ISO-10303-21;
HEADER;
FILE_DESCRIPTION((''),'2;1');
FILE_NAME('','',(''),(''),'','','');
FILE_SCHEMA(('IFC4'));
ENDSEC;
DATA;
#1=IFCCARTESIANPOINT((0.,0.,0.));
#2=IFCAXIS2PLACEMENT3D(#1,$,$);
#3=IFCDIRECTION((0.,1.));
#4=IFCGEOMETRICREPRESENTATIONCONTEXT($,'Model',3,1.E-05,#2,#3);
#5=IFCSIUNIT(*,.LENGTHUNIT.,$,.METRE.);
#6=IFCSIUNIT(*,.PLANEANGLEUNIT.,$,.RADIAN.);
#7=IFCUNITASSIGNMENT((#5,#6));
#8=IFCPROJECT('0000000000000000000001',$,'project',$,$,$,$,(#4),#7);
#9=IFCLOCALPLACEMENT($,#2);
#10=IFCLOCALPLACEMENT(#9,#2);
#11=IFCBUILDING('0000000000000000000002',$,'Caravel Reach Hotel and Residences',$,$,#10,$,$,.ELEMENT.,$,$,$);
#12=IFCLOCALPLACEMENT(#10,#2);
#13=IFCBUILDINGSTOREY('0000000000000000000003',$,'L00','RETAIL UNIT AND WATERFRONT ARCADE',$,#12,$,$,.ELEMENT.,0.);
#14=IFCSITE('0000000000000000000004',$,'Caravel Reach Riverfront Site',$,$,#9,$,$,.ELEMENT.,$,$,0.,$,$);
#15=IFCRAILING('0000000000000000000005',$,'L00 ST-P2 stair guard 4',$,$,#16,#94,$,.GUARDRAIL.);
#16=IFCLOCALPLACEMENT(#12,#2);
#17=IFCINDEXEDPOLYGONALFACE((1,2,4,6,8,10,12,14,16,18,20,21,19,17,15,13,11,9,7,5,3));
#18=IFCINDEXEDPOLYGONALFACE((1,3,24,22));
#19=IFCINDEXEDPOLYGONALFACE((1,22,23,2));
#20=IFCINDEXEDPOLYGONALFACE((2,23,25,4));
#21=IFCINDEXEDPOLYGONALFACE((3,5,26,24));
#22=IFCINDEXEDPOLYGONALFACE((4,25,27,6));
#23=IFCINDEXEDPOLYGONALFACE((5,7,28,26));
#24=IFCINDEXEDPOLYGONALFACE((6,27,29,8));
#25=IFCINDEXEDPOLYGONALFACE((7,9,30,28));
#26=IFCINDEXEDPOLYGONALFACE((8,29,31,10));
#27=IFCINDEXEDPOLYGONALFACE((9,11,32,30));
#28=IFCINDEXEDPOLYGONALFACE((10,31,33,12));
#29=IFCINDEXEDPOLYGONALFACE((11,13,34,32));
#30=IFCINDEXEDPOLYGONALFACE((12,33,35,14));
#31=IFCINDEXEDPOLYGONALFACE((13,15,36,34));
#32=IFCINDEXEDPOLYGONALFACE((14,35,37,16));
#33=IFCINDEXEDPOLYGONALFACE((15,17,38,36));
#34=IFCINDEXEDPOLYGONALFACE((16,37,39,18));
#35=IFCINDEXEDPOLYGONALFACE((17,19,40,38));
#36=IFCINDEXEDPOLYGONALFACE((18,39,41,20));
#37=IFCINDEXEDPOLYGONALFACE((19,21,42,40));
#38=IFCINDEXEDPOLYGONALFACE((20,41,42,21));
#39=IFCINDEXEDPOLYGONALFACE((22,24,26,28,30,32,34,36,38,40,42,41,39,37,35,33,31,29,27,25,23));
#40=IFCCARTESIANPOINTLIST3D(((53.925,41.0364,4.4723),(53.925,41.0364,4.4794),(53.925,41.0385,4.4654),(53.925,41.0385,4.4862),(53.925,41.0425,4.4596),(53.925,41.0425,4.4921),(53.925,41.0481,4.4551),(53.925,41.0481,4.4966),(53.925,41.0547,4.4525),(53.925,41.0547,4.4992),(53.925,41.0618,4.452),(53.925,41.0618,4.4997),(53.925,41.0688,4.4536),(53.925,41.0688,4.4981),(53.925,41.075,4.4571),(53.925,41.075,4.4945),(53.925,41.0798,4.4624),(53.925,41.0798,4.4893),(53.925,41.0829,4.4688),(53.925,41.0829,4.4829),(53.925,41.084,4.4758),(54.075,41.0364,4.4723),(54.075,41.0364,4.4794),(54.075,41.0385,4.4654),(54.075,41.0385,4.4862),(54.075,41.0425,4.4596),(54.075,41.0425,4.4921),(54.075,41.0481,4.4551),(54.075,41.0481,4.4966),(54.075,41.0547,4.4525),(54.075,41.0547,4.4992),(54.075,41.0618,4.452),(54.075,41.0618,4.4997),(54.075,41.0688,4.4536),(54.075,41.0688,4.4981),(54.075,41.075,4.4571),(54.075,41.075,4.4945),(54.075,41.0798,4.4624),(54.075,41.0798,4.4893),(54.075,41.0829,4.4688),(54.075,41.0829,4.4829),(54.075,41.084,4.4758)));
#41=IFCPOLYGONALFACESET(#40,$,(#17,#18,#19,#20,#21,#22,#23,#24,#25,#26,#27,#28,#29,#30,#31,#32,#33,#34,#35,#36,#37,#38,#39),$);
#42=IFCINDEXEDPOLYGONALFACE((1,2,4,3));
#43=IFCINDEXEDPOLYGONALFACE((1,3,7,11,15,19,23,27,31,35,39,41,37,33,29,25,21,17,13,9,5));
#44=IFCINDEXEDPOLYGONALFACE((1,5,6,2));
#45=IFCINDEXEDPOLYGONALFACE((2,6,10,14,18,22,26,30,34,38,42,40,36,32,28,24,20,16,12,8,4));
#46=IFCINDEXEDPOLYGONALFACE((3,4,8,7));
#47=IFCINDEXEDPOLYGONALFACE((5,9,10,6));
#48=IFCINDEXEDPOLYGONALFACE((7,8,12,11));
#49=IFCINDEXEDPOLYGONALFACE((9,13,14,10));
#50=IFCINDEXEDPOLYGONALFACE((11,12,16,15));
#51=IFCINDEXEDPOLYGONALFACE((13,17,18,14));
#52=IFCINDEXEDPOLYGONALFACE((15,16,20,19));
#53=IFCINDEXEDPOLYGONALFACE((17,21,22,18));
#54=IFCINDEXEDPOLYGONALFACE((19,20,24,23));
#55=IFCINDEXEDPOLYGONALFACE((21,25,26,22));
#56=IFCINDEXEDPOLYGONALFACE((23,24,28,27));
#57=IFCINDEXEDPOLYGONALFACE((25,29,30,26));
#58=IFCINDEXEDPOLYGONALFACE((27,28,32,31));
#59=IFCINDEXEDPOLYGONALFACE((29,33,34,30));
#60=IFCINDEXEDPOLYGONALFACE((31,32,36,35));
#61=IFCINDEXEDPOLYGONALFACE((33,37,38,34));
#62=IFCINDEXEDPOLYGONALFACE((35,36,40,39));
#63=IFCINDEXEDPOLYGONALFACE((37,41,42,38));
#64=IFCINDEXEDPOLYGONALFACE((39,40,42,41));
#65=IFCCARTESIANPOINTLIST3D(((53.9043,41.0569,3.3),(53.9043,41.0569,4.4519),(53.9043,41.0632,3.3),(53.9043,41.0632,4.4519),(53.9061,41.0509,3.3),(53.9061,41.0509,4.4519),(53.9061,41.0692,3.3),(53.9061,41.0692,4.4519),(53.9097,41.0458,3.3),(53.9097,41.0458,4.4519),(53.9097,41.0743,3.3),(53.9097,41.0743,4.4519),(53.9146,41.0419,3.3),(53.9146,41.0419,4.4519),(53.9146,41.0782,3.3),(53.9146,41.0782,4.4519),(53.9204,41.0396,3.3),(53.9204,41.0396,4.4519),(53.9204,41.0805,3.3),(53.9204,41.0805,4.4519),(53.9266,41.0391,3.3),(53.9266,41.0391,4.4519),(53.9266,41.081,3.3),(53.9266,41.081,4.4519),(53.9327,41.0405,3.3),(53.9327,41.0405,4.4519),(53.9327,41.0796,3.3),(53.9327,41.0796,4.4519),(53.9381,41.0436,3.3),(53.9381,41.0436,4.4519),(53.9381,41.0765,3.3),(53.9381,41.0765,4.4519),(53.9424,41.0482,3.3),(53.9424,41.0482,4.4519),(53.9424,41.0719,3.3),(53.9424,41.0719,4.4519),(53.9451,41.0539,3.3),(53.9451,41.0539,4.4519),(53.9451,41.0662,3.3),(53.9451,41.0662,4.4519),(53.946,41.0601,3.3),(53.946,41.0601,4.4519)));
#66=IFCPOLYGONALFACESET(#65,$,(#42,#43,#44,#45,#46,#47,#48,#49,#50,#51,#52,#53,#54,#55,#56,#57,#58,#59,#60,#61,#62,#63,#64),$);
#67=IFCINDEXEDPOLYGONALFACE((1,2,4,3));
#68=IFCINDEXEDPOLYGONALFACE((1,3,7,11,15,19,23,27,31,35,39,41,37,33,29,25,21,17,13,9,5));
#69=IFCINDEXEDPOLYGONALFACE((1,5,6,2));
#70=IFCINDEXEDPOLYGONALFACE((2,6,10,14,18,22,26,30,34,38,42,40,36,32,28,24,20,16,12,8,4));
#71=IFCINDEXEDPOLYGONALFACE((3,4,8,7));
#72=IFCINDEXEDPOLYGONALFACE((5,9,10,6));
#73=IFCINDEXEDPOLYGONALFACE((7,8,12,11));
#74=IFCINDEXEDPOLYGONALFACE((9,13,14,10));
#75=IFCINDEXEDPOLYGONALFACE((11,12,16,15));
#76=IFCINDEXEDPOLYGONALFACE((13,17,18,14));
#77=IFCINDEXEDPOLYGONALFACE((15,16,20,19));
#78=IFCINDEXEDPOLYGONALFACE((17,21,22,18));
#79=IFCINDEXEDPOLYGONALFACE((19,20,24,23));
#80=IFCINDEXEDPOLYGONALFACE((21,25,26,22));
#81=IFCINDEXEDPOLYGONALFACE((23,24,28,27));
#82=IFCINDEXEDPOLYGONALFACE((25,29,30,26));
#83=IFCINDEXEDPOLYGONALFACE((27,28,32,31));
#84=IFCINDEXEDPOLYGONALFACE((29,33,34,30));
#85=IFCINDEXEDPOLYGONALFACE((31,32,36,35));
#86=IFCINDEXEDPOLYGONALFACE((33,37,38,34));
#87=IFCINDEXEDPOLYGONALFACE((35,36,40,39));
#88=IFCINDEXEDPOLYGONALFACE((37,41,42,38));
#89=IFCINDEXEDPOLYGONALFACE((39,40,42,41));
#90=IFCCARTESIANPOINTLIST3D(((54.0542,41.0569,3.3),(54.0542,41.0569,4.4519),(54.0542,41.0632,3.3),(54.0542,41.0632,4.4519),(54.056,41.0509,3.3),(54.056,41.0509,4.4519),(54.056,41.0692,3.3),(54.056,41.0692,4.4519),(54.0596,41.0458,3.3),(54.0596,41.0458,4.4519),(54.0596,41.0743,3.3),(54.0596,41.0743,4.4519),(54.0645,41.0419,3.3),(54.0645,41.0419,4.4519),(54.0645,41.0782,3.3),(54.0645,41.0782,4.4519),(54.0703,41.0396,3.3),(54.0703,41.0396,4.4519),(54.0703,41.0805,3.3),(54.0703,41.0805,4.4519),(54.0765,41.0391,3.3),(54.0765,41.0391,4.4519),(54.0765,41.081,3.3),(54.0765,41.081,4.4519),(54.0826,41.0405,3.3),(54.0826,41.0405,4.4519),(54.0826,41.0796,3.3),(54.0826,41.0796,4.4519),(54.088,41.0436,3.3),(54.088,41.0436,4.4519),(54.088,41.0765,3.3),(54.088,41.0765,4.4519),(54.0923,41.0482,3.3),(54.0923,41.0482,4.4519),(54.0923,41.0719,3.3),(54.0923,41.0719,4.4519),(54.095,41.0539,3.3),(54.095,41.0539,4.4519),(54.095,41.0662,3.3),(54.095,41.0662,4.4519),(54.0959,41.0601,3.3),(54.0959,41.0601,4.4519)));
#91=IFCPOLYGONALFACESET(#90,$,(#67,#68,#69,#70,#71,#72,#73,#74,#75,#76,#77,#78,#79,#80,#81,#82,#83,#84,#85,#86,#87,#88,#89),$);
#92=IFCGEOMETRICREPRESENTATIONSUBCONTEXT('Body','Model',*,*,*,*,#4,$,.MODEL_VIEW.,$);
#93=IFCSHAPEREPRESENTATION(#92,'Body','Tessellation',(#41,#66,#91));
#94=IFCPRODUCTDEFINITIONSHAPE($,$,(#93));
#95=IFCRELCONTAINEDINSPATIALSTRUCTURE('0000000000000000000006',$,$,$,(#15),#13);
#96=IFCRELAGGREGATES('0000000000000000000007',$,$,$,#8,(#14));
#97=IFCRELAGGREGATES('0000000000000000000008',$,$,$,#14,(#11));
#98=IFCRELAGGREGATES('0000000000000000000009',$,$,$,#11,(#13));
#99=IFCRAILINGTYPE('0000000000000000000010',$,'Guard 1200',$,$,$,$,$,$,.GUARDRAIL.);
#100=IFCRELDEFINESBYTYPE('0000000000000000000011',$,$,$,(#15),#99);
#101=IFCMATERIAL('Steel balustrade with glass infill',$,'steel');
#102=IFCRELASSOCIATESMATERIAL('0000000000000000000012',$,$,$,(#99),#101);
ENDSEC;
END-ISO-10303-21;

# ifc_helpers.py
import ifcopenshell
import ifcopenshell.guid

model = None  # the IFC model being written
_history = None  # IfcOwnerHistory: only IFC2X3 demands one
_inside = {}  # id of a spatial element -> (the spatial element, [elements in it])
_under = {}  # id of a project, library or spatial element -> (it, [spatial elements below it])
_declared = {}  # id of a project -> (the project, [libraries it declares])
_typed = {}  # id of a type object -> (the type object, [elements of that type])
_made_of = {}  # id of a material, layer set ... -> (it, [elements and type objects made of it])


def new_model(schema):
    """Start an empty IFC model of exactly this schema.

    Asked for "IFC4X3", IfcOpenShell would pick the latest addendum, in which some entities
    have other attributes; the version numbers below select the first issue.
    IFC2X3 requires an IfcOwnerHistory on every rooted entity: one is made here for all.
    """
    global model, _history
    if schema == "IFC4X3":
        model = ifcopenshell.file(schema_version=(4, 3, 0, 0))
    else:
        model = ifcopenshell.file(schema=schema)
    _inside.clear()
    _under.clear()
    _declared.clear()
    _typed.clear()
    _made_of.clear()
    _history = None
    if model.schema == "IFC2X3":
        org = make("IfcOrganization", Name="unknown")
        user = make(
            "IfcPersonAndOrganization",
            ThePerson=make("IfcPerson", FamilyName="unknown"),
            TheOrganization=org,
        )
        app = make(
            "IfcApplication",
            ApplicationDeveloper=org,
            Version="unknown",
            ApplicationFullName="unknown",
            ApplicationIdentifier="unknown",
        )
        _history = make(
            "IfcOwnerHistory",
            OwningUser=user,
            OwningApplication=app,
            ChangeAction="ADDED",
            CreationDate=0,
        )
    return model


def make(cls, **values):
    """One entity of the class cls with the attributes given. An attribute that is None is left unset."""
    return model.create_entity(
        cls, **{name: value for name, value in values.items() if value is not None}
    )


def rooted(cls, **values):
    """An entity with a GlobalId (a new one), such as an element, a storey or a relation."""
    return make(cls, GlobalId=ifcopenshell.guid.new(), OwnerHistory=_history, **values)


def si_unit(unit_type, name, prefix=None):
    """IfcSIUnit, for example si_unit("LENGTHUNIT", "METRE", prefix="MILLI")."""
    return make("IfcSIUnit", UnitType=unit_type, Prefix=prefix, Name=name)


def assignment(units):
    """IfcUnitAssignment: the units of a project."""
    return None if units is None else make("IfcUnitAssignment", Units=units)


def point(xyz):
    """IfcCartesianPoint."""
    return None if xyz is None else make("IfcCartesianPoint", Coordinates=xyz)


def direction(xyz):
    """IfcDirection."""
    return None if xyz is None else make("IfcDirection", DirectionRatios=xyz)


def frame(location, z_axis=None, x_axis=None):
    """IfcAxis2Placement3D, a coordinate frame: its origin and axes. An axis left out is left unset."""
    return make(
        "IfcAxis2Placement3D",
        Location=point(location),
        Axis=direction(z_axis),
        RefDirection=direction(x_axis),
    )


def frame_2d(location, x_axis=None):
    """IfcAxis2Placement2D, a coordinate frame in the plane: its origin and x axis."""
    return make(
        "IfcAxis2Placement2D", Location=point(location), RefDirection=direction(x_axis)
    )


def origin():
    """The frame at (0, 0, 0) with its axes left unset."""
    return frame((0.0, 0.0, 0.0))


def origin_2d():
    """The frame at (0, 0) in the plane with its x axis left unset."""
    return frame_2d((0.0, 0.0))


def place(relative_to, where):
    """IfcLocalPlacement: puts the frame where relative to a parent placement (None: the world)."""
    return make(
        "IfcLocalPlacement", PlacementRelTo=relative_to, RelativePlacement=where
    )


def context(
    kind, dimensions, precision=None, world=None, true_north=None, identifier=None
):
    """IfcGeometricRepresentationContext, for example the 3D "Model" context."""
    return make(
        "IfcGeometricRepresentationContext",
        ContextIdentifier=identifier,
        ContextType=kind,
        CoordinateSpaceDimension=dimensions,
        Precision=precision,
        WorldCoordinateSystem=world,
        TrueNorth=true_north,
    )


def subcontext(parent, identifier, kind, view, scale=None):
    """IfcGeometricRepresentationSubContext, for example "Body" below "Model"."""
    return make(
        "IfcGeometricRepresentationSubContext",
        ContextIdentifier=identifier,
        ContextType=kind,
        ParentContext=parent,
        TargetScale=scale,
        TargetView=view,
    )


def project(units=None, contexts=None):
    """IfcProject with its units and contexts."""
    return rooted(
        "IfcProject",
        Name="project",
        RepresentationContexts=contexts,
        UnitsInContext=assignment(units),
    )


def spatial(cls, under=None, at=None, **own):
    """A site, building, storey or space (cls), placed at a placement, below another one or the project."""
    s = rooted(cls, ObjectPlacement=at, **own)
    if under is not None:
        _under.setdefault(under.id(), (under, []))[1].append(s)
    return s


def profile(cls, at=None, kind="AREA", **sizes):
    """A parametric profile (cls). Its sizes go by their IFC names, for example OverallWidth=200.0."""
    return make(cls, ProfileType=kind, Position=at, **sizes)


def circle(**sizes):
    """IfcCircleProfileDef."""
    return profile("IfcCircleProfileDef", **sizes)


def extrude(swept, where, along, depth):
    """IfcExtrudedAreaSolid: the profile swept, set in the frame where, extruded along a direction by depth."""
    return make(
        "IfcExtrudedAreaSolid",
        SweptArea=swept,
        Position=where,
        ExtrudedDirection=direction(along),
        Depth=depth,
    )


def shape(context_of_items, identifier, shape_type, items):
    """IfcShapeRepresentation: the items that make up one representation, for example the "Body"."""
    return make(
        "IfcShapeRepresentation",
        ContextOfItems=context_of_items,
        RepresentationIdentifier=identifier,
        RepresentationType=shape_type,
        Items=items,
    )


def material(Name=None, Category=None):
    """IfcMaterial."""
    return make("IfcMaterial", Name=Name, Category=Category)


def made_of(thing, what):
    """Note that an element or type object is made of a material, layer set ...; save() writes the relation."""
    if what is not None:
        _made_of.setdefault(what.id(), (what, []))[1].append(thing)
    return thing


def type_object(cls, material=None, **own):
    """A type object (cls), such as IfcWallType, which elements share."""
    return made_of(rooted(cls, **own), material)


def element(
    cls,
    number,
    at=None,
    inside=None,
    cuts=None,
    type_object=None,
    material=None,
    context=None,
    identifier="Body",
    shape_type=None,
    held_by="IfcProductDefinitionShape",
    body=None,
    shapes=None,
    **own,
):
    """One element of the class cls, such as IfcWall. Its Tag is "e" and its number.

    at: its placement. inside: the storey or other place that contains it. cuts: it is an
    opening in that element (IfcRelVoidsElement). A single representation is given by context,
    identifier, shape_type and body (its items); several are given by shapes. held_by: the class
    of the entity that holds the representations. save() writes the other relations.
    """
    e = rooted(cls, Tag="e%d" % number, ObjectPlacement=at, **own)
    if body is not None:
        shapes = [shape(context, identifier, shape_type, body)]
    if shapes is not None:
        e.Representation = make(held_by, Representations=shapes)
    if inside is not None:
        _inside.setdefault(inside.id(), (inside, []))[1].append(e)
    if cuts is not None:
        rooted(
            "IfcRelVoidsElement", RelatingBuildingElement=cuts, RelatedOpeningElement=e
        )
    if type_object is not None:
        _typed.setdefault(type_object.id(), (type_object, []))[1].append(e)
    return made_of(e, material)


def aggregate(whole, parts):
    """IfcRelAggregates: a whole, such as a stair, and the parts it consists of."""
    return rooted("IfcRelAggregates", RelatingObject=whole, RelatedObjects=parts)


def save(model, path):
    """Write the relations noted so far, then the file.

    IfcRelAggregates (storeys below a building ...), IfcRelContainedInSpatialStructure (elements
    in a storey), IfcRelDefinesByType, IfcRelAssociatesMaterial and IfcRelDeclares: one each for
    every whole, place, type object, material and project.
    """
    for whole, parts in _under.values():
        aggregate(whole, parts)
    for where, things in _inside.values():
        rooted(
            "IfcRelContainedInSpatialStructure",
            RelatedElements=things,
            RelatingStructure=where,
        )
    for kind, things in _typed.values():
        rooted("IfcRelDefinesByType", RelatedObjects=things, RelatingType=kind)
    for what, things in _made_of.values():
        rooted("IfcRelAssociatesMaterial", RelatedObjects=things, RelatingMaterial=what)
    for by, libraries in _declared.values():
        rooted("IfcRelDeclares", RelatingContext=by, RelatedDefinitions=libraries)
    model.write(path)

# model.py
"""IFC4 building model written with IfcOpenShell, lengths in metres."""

from ifc_helpers import new_model, si_unit, direction, frame, origin, origin_2d, place, context, subcontext, project, spatial, circle, extrude, material, type_object, element, save


model = new_model("IFC4")

# Units and contexts
model_context = context("Model", 3, precision=1e-05, world=origin(), true_north=direction((0.0, 1.0)))
body_context = subcontext(model_context, "Body", "Model", "MODEL_VIEW")
ifc_project = project(units=[si_unit("LENGTHUNIT", "METRE"), si_unit("PLANEANGLEUNIT", "RADIAN")], contexts=[model_context])

# Site, building, storey
site_placement = place(None, origin())
site = spatial("IfcSite", under=ifc_project, at=site_placement, Name="Caravel Reach Riverfront Site", CompositionType="ELEMENT", RefElevation=0.0)
building_placement = place(site_placement, origin())
building = spatial("IfcBuilding", under=site, at=building_placement, Name="Caravel Reach Hotel and Residences", CompositionType="ELEMENT")
storey_placement = place(building_placement, origin())
storey = spatial("IfcBuildingStorey", under=building, at=storey_placement, Name="L00", Description="RETAIL UNIT AND WATERFRONT ARCADE", CompositionType="ELEMENT", Elevation=0.0)

# Railing
ifc_material_1 = material(Name="Steel balustrade with glass infill", Category="steel")
railing_type_1 = type_object("IfcRailingType", Name="Guard 1200", PredefinedType="GUARDRAIL", material=ifc_material_1)
railing_1_placement = place(storey_placement, frame((53.925, 41.0601, 3.3)))
element("IfcRailing", 1, at=railing_1_placement, inside=storey, type_object=railing_type_1, Name="L00 ST-P2 stair guard 4", PredefinedType="GUARDRAIL", context=body_context, shape_type="SweptSolid", body=[
    extrude(circle(Radius=0.0239, at=origin_2d()), frame((0.0, 0.0, 1.1758), z_axis=(1.0, 0.0, 0.0), x_axis=(0.0, 1.0, 0.0)), (0.0, 0.0, 1.0), 0.1499),
    extrude(circle(Radius=0.021, at=origin_2d()), origin(), (0.0, 0.0, 1.0), 1.1519),
    extrude(circle(Radius=0.021, at=origin_2d()), frame((0.1499, 0.0, 0.0)), (0.0, 0.0, 1.0), 1.1519),
])

save(model, "model.ifc")
